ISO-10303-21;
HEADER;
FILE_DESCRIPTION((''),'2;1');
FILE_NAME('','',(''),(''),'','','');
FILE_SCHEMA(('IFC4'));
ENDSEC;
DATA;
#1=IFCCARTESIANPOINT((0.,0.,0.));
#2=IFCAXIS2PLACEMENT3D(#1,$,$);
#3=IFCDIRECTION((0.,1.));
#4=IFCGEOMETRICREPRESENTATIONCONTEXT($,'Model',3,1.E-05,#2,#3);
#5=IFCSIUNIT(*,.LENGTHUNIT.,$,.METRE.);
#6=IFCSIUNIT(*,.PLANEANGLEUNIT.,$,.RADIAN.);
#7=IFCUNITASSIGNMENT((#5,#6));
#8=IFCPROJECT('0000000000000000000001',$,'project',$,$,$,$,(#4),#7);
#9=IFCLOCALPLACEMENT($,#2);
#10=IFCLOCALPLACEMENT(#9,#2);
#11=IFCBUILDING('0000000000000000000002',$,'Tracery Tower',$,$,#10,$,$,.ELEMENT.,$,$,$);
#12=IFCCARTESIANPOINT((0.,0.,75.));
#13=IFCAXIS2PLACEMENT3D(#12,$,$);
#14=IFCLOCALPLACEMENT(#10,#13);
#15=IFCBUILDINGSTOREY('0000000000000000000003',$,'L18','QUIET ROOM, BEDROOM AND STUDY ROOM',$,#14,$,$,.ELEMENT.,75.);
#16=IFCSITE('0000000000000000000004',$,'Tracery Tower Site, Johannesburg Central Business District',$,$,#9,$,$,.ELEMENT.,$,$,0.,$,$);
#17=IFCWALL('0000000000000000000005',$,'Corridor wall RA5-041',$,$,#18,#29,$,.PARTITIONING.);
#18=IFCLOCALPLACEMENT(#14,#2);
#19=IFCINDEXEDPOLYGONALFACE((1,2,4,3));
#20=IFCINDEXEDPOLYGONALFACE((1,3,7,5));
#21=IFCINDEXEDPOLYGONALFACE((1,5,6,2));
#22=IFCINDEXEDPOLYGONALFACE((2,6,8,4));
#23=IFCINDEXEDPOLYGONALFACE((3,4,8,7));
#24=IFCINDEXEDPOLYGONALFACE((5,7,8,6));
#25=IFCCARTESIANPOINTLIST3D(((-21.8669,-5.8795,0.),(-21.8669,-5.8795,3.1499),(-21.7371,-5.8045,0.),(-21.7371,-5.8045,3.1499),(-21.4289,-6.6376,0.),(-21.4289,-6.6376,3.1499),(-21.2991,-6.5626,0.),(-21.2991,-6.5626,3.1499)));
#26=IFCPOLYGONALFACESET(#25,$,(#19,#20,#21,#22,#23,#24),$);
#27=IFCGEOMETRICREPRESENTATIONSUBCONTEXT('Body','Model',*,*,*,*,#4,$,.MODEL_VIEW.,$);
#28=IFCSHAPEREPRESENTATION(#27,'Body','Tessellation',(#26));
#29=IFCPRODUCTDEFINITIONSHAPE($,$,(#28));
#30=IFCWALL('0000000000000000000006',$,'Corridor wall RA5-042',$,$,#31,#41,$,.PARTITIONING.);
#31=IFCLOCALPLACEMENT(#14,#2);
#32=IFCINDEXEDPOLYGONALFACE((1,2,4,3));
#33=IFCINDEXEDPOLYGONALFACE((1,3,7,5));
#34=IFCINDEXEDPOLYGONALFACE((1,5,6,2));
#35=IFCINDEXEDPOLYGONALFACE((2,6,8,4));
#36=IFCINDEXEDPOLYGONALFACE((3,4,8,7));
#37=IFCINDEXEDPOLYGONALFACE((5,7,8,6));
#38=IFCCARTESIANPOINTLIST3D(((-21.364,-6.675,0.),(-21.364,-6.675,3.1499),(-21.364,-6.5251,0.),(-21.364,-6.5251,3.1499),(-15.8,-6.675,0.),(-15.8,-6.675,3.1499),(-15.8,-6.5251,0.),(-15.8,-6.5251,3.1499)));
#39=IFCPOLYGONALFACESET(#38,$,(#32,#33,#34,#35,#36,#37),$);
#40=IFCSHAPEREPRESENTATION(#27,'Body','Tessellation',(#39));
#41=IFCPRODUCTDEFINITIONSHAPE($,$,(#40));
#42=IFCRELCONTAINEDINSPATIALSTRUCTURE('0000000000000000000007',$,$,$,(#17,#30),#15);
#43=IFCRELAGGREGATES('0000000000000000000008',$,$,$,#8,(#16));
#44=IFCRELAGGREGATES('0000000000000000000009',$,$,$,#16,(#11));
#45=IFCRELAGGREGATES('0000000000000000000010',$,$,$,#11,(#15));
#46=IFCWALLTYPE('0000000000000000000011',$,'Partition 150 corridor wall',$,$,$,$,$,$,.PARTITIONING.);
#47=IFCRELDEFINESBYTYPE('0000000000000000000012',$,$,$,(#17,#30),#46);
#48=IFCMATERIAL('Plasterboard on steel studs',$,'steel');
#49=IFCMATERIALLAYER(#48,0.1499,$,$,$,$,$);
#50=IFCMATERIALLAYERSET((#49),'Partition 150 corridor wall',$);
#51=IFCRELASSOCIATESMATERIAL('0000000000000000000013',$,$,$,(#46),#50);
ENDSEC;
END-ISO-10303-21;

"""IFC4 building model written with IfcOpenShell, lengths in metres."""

from ifc_helpers import new_model, si_unit, direction, frame, frame_2d, origin, place, context, subcontext, project, spatial, rectangle, extrude, material, layer, layer_set, type_object, element, save


model = new_model("IFC4")

# Units and contexts
model_context = context("Model", 3, precision=1e-05, world=origin(), true_north=direction((0.0, 1.0)))
body_context = subcontext(model_context, "Body", "Model", "MODEL_VIEW")
ifc_project = project(units=[si_unit("LENGTHUNIT", "METRE"), si_unit("PLANEANGLEUNIT", "RADIAN")], contexts=[model_context])

# Site, building, storey
site_placement = place(None, origin())
site = spatial("IfcSite", under=ifc_project, at=site_placement, Name="Tracery Tower Site, Johannesburg Central Business District", CompositionType="ELEMENT", RefElevation=0.0)
building_placement = place(site_placement, origin())
building = spatial("IfcBuilding", under=site, at=building_placement, Name="Tracery Tower", CompositionType="ELEMENT")
storey_placement = place(building_placement, frame((0.0, 0.0, 75.0)))
storey = spatial("IfcBuildingStorey", under=building, at=storey_placement, Name="L18", Description="QUIET ROOM, BEDROOM AND STUDY ROOM", CompositionType="ELEMENT", Elevation=75.0)

# Shared definitions
ifc_material_1 = material(Name="Plasterboard on steel studs", Category="steel")
ifc_layer_1 = layer(ifc_material_1, 0.1499)
ifc_layer_set_1 = layer_set([ifc_layer_1], Name="Partition 150 corridor wall")
wall_type_1 = type_object("IfcWallType", Name="Partition 150 corridor wall", PredefinedType="PARTITIONING", material=ifc_layer_set_1)

# Walls
wall_1_placement = place(storey_placement, frame((-21.802, -5.842, 0.0), z_axis=(0.0, 0.0, 1.0), x_axis=(0.500278, -0.865865, 0.0)))
element("IfcWall", 1, at=wall_1_placement, inside=storey, type_object=wall_type_1, Name="Corridor wall RA5-041", PredefinedType="PARTITIONING", context=body_context, shape_type="SweptSolid", body=[
    extrude(rectangle(XDim=0.8755, YDim=0.1499, at=frame_2d((0.4377, 0.0))), origin(), (0.0, 0.0, 1.0), 3.1499),
])
wall_2_placement = place(storey_placement, frame((-21.364, -6.6001, 0.0), z_axis=(0.0, 0.0, 1.0), x_axis=(1.0, 0.0, 0.0)))
element("IfcWall", 2, at=wall_2_placement, inside=storey, type_object=wall_type_1, Name="Corridor wall RA5-042", PredefinedType="PARTITIONING", context=body_context, shape_type="SweptSolid", body=[
    extrude(rectangle(XDim=5.564, YDim=0.1499, at=frame_2d((2.782, 0.0))), origin(), (0.0, 0.0, 1.0), 3.1499),
])

save(model, "model.ifc")
